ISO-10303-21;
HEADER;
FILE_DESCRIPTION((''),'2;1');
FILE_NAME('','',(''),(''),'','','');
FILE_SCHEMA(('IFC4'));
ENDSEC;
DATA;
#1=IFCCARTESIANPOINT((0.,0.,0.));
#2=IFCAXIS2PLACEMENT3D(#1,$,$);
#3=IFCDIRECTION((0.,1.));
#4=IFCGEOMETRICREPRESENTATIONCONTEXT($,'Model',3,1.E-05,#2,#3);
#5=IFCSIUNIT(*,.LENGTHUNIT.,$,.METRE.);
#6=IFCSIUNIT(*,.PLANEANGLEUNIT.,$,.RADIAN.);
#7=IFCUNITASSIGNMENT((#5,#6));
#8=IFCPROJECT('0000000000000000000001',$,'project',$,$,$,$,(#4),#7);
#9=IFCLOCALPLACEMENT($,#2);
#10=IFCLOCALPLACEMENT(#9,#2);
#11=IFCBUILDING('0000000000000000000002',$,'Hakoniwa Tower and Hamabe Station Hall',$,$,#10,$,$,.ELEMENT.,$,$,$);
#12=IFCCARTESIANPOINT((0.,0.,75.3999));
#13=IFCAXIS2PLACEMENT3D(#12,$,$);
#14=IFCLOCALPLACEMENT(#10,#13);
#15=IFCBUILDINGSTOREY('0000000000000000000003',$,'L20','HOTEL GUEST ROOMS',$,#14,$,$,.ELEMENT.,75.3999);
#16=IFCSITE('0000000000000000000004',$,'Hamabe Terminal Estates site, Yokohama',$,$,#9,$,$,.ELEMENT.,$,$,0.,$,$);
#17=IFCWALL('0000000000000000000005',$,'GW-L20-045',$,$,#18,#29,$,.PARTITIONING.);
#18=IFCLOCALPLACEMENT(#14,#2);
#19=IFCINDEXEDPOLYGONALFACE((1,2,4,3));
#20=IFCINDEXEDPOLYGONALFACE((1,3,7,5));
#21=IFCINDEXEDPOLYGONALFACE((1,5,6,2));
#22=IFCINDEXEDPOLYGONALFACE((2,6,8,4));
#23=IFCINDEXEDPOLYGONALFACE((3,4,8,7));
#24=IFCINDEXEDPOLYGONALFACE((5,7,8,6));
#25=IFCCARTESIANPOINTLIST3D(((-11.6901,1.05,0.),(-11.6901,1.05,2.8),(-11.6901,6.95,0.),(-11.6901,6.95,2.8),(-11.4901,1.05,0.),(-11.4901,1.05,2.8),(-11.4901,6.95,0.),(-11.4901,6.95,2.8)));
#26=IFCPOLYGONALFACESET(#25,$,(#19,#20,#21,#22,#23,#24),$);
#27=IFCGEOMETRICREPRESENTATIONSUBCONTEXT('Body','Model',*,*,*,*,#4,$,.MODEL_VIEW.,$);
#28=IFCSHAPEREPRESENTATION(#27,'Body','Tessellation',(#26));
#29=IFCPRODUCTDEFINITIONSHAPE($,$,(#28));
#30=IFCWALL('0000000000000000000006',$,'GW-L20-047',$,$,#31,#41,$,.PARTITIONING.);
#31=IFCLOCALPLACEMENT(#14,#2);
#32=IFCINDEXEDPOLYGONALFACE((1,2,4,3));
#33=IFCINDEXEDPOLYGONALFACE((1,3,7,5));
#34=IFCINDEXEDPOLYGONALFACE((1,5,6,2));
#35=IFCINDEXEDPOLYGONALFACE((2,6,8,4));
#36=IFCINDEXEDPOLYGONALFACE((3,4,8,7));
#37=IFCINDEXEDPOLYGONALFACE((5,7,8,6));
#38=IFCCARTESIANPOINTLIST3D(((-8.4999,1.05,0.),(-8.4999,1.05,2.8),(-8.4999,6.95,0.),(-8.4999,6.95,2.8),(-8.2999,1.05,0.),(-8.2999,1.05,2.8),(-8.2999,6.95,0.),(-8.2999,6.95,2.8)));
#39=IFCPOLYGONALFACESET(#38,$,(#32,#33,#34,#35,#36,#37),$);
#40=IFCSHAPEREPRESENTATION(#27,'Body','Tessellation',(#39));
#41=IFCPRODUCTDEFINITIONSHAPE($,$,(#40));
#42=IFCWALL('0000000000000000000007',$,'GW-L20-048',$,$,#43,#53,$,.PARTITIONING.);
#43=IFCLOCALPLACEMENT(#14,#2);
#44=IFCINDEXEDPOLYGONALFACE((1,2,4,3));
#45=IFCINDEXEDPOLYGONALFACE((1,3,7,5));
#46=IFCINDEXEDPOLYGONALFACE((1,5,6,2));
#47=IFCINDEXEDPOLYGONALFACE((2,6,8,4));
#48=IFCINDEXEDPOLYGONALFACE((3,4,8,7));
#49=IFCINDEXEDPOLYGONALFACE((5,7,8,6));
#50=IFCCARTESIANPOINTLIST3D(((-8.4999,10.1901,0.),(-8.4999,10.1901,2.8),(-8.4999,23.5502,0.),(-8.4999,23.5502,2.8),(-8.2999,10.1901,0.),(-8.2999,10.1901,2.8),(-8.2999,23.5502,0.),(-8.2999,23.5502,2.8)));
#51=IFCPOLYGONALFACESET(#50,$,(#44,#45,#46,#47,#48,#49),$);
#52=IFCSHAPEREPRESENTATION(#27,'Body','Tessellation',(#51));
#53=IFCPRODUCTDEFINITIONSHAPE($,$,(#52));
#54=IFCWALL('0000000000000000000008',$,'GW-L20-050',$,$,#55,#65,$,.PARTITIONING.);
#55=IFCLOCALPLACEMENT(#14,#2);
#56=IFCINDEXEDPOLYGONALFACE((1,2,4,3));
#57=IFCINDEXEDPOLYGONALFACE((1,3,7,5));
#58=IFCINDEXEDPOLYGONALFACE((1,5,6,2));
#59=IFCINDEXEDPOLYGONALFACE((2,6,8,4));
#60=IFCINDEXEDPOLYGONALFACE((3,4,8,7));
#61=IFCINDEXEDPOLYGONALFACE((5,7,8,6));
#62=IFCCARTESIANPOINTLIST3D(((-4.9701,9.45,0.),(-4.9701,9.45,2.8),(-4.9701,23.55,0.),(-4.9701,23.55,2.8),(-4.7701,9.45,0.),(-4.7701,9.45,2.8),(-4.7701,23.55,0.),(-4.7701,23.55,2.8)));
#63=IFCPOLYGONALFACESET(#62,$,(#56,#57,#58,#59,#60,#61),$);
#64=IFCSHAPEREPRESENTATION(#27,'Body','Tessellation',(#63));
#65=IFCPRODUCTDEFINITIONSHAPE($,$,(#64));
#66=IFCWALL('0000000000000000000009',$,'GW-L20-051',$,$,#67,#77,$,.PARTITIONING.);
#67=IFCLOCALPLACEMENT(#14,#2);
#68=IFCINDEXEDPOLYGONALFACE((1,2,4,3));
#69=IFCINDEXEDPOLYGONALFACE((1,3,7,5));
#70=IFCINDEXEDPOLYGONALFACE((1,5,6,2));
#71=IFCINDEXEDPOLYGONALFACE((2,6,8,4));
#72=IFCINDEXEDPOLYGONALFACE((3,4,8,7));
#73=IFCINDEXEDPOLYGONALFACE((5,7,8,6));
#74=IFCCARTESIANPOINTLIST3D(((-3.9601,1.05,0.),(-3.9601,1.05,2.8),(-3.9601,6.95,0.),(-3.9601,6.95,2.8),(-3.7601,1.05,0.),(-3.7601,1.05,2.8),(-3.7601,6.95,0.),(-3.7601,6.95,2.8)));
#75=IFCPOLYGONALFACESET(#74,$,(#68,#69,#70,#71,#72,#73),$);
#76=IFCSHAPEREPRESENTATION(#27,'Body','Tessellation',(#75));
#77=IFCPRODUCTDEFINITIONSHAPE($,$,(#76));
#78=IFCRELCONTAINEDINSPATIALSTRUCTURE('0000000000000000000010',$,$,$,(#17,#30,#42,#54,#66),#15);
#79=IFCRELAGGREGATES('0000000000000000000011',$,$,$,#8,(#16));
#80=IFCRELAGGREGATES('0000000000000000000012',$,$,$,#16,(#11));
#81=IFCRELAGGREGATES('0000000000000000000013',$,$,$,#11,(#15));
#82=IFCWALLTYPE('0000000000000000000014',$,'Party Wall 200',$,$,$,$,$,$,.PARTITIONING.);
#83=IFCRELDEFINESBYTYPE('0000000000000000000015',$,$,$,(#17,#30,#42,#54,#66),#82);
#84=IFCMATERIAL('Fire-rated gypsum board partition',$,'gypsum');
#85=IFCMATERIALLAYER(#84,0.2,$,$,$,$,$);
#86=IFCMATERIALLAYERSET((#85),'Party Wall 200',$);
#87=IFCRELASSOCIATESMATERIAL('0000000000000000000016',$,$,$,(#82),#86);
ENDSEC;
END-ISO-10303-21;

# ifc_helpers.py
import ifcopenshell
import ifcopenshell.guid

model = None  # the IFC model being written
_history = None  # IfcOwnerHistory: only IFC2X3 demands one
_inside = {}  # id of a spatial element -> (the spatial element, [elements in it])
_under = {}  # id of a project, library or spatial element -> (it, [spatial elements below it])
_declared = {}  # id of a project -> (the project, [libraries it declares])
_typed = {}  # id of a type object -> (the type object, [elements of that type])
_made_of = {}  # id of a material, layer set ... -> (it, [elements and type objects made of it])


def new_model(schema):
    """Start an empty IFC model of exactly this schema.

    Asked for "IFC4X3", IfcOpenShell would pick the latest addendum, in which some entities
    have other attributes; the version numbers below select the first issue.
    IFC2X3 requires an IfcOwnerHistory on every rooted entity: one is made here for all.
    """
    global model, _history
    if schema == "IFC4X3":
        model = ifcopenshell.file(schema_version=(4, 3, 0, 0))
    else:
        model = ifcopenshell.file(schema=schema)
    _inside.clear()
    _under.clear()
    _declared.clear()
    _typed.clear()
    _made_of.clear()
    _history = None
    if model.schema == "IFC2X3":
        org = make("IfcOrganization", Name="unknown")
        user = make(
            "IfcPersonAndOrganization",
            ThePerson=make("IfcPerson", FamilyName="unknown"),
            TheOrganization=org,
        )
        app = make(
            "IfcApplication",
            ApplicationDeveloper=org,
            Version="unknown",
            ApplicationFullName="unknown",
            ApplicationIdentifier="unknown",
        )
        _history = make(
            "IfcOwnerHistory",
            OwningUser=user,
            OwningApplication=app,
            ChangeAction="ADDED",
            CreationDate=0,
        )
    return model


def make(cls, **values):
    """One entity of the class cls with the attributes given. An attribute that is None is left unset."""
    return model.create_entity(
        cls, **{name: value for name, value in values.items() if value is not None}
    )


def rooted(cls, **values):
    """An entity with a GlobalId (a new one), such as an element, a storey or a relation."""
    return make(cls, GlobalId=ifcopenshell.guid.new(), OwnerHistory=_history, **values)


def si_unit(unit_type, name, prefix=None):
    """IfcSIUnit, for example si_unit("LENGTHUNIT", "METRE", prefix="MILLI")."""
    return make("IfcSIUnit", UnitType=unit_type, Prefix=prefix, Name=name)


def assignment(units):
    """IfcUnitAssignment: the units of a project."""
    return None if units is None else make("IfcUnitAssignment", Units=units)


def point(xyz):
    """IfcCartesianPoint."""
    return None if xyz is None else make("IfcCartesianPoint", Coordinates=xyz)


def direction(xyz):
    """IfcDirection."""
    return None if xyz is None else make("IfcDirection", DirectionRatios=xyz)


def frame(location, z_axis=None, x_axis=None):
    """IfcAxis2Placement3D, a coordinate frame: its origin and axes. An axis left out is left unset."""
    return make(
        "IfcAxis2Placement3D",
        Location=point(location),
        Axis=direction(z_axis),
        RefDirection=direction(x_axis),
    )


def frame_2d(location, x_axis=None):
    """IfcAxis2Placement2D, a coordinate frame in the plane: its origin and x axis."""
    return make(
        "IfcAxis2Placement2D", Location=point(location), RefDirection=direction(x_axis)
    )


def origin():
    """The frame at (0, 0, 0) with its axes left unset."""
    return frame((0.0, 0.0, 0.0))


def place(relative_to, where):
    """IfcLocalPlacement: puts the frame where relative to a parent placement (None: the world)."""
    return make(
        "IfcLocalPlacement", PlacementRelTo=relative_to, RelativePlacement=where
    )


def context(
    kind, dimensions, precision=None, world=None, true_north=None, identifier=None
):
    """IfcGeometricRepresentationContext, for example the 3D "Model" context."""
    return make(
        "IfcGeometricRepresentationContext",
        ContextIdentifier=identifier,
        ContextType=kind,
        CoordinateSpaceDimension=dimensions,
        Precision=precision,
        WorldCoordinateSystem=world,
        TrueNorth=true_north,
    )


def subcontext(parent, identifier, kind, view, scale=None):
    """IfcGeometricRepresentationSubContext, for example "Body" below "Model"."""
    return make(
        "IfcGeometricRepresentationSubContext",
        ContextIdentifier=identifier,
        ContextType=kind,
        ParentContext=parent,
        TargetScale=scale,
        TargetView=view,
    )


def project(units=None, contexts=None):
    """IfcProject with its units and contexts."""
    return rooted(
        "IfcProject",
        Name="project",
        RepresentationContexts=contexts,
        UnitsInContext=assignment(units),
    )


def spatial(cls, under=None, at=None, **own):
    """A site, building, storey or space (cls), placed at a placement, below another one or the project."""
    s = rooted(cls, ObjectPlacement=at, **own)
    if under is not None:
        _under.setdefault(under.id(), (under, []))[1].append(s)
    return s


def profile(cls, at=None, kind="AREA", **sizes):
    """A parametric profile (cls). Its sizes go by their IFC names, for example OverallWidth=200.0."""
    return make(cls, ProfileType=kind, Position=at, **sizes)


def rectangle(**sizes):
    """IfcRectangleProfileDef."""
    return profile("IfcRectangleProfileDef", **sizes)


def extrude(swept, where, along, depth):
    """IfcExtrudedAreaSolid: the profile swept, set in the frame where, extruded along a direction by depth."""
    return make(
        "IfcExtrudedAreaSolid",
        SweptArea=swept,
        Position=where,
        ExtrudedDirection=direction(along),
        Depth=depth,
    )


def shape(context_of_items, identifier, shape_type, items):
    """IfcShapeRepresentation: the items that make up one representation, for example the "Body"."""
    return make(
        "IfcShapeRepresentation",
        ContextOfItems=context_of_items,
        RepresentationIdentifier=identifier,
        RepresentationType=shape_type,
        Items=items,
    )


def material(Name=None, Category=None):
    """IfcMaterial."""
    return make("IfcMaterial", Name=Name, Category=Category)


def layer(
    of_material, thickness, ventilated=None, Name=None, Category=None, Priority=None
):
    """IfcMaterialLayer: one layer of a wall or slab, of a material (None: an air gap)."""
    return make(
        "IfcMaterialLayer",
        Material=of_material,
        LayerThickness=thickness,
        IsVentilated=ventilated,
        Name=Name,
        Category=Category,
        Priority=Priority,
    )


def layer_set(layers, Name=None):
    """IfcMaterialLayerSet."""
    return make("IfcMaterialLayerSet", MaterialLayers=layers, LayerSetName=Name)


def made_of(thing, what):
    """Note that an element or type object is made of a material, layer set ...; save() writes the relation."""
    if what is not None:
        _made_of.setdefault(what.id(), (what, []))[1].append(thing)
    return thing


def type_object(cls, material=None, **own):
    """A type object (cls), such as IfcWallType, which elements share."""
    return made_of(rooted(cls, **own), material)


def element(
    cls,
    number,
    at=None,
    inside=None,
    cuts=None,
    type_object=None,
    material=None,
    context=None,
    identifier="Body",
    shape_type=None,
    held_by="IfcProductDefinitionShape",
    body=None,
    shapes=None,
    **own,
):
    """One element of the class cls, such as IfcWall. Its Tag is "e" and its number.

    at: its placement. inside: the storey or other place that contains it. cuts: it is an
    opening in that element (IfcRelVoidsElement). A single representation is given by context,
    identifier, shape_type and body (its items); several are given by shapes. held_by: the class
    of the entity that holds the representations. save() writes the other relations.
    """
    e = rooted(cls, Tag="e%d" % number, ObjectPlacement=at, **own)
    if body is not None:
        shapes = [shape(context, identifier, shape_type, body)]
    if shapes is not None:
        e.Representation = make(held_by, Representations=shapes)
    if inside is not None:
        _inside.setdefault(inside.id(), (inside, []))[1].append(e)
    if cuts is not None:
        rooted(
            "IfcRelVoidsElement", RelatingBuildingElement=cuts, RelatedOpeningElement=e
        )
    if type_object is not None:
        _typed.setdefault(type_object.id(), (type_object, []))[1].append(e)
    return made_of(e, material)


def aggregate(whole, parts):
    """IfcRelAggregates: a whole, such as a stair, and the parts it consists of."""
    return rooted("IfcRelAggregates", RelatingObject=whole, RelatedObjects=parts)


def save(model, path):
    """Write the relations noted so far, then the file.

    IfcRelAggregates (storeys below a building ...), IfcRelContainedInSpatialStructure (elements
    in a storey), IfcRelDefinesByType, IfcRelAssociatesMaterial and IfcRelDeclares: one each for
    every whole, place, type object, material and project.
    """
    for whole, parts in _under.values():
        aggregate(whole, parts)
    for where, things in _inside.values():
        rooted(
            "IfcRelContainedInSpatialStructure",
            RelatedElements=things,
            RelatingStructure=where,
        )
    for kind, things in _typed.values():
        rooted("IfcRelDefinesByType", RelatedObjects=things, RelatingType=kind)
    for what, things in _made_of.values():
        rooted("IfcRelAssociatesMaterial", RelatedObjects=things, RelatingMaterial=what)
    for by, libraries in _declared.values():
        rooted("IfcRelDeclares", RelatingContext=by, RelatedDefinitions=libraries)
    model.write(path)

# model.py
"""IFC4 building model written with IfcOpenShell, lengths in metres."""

from ifc_helpers import new_model, si_unit, direction, frame, frame_2d, origin, place, context, subcontext, project, spatial, rectangle, extrude, material, layer, layer_set, type_object, element, save


model = new_model("IFC4")

# Units and contexts
model_context = context("Model", 3, precision=1e-05, world=origin(), true_north=direction((0.0, 1.0)))
body_context = subcontext(model_context, "Body", "Model", "MODEL_VIEW")
ifc_project = project(units=[si_unit("LENGTHUNIT", "METRE"), si_unit("PLANEANGLEUNIT", "RADIAN")], contexts=[model_context])

# Site, building, storey
site_placement = place(None, origin())
site = spatial("IfcSite", under=ifc_project, at=site_placement, Name="Hamabe Terminal Estates site, Yokohama", CompositionType="ELEMENT", RefElevation=0.0)
building_placement = place(site_placement, origin())
building = spatial("IfcBuilding", under=site, at=building_placement, Name="Hakoniwa Tower and Hamabe Station Hall", CompositionType="ELEMENT")
storey_placement = place(building_placement, frame((0.0, 0.0, 75.3999)))
storey = spatial("IfcBuildingStorey", under=building, at=storey_placement, Name="L20", Description="HOTEL GUEST ROOMS", CompositionType="ELEMENT", Elevation=75.3999)

# Walls
ifc_material_1 = material(Name="Fire-rated gypsum board partition", Category="gypsum")
ifc_layer_1 = layer(ifc_material_1, 0.2)
ifc_layer_set_1 = layer_set([ifc_layer_1], Name="Party Wall 200")
wall_type_1 = type_object("IfcWallType", Name="Party Wall 200", PredefinedType="PARTITIONING", material=ifc_layer_set_1)
for number, where, z_axis, x_axis, name in (
    (1, (-11.5901, 1.05, 0.0), (0.0, 0.0, 1.0), (0.0, 1.0, 0.0), "GW-L20-045"),
    (2, (-8.3999, 1.05, 0.0), (0.0, 0.0, 1.0), (0.0, 1.0, 0.0), "GW-L20-047"),
):
    element("IfcWall", number, at=place(storey_placement, frame(where, z_axis=z_axis, x_axis=x_axis)), inside=storey, type_object=wall_type_1, Name=name, PredefinedType="PARTITIONING", context=body_context, shape_type="SweptSolid", body=[
        extrude(rectangle(XDim=5.8999, YDim=0.2, at=frame_2d((2.95, 0.0))), origin(), (0.0, 0.0, 1.0), 2.8),
    ])
wall_1_placement = place(storey_placement, frame((-8.3999, 10.1899, 0.0), z_axis=(0.0, 0.0, 1.0), x_axis=(0.0, 1.0, 0.0)))
element("IfcWall", 3, at=wall_1_placement, inside=storey, type_object=wall_type_1, Name="GW-L20-048", PredefinedType="PARTITIONING", context=body_context, shape_type="SweptSolid", body=[
    extrude(rectangle(XDim=13.3601, YDim=0.2, at=frame_2d((6.6802, 0.0))), origin(), (0.0, 0.0, 1.0), 2.8),
])
wall_2_placement = place(storey_placement, frame((-4.8701, 9.45, 0.0), z_axis=(0.0, 0.0, 1.0), x_axis=(0.0, 1.0, 0.0)))
element("IfcWall", 4, at=wall_2_placement, inside=storey, type_object=wall_type_1, Name="GW-L20-050", PredefinedType="PARTITIONING", context=body_context, shape_type="SweptSolid", body=[
    extrude(rectangle(XDim=14.1001, YDim=0.2, at=frame_2d((7.05, 0.0))), origin(), (0.0, 0.0, 1.0), 2.8),
])
wall_3_placement = place(storey_placement, frame((-3.8601, 1.05, 0.0), z_axis=(0.0, 0.0, 1.0), x_axis=(0.0, 1.0, 0.0)))
element("IfcWall", 5, at=wall_3_placement, inside=storey, type_object=wall_type_1, Name="GW-L20-051", PredefinedType="PARTITIONING", context=body_context, shape_type="SweptSolid", body=[
    extrude(rectangle(XDim=5.8999, YDim=0.2, at=frame_2d((2.95, 0.0))), origin(), (0.0, 0.0, 1.0), 2.8),
])

save(model, "model.ifc")
